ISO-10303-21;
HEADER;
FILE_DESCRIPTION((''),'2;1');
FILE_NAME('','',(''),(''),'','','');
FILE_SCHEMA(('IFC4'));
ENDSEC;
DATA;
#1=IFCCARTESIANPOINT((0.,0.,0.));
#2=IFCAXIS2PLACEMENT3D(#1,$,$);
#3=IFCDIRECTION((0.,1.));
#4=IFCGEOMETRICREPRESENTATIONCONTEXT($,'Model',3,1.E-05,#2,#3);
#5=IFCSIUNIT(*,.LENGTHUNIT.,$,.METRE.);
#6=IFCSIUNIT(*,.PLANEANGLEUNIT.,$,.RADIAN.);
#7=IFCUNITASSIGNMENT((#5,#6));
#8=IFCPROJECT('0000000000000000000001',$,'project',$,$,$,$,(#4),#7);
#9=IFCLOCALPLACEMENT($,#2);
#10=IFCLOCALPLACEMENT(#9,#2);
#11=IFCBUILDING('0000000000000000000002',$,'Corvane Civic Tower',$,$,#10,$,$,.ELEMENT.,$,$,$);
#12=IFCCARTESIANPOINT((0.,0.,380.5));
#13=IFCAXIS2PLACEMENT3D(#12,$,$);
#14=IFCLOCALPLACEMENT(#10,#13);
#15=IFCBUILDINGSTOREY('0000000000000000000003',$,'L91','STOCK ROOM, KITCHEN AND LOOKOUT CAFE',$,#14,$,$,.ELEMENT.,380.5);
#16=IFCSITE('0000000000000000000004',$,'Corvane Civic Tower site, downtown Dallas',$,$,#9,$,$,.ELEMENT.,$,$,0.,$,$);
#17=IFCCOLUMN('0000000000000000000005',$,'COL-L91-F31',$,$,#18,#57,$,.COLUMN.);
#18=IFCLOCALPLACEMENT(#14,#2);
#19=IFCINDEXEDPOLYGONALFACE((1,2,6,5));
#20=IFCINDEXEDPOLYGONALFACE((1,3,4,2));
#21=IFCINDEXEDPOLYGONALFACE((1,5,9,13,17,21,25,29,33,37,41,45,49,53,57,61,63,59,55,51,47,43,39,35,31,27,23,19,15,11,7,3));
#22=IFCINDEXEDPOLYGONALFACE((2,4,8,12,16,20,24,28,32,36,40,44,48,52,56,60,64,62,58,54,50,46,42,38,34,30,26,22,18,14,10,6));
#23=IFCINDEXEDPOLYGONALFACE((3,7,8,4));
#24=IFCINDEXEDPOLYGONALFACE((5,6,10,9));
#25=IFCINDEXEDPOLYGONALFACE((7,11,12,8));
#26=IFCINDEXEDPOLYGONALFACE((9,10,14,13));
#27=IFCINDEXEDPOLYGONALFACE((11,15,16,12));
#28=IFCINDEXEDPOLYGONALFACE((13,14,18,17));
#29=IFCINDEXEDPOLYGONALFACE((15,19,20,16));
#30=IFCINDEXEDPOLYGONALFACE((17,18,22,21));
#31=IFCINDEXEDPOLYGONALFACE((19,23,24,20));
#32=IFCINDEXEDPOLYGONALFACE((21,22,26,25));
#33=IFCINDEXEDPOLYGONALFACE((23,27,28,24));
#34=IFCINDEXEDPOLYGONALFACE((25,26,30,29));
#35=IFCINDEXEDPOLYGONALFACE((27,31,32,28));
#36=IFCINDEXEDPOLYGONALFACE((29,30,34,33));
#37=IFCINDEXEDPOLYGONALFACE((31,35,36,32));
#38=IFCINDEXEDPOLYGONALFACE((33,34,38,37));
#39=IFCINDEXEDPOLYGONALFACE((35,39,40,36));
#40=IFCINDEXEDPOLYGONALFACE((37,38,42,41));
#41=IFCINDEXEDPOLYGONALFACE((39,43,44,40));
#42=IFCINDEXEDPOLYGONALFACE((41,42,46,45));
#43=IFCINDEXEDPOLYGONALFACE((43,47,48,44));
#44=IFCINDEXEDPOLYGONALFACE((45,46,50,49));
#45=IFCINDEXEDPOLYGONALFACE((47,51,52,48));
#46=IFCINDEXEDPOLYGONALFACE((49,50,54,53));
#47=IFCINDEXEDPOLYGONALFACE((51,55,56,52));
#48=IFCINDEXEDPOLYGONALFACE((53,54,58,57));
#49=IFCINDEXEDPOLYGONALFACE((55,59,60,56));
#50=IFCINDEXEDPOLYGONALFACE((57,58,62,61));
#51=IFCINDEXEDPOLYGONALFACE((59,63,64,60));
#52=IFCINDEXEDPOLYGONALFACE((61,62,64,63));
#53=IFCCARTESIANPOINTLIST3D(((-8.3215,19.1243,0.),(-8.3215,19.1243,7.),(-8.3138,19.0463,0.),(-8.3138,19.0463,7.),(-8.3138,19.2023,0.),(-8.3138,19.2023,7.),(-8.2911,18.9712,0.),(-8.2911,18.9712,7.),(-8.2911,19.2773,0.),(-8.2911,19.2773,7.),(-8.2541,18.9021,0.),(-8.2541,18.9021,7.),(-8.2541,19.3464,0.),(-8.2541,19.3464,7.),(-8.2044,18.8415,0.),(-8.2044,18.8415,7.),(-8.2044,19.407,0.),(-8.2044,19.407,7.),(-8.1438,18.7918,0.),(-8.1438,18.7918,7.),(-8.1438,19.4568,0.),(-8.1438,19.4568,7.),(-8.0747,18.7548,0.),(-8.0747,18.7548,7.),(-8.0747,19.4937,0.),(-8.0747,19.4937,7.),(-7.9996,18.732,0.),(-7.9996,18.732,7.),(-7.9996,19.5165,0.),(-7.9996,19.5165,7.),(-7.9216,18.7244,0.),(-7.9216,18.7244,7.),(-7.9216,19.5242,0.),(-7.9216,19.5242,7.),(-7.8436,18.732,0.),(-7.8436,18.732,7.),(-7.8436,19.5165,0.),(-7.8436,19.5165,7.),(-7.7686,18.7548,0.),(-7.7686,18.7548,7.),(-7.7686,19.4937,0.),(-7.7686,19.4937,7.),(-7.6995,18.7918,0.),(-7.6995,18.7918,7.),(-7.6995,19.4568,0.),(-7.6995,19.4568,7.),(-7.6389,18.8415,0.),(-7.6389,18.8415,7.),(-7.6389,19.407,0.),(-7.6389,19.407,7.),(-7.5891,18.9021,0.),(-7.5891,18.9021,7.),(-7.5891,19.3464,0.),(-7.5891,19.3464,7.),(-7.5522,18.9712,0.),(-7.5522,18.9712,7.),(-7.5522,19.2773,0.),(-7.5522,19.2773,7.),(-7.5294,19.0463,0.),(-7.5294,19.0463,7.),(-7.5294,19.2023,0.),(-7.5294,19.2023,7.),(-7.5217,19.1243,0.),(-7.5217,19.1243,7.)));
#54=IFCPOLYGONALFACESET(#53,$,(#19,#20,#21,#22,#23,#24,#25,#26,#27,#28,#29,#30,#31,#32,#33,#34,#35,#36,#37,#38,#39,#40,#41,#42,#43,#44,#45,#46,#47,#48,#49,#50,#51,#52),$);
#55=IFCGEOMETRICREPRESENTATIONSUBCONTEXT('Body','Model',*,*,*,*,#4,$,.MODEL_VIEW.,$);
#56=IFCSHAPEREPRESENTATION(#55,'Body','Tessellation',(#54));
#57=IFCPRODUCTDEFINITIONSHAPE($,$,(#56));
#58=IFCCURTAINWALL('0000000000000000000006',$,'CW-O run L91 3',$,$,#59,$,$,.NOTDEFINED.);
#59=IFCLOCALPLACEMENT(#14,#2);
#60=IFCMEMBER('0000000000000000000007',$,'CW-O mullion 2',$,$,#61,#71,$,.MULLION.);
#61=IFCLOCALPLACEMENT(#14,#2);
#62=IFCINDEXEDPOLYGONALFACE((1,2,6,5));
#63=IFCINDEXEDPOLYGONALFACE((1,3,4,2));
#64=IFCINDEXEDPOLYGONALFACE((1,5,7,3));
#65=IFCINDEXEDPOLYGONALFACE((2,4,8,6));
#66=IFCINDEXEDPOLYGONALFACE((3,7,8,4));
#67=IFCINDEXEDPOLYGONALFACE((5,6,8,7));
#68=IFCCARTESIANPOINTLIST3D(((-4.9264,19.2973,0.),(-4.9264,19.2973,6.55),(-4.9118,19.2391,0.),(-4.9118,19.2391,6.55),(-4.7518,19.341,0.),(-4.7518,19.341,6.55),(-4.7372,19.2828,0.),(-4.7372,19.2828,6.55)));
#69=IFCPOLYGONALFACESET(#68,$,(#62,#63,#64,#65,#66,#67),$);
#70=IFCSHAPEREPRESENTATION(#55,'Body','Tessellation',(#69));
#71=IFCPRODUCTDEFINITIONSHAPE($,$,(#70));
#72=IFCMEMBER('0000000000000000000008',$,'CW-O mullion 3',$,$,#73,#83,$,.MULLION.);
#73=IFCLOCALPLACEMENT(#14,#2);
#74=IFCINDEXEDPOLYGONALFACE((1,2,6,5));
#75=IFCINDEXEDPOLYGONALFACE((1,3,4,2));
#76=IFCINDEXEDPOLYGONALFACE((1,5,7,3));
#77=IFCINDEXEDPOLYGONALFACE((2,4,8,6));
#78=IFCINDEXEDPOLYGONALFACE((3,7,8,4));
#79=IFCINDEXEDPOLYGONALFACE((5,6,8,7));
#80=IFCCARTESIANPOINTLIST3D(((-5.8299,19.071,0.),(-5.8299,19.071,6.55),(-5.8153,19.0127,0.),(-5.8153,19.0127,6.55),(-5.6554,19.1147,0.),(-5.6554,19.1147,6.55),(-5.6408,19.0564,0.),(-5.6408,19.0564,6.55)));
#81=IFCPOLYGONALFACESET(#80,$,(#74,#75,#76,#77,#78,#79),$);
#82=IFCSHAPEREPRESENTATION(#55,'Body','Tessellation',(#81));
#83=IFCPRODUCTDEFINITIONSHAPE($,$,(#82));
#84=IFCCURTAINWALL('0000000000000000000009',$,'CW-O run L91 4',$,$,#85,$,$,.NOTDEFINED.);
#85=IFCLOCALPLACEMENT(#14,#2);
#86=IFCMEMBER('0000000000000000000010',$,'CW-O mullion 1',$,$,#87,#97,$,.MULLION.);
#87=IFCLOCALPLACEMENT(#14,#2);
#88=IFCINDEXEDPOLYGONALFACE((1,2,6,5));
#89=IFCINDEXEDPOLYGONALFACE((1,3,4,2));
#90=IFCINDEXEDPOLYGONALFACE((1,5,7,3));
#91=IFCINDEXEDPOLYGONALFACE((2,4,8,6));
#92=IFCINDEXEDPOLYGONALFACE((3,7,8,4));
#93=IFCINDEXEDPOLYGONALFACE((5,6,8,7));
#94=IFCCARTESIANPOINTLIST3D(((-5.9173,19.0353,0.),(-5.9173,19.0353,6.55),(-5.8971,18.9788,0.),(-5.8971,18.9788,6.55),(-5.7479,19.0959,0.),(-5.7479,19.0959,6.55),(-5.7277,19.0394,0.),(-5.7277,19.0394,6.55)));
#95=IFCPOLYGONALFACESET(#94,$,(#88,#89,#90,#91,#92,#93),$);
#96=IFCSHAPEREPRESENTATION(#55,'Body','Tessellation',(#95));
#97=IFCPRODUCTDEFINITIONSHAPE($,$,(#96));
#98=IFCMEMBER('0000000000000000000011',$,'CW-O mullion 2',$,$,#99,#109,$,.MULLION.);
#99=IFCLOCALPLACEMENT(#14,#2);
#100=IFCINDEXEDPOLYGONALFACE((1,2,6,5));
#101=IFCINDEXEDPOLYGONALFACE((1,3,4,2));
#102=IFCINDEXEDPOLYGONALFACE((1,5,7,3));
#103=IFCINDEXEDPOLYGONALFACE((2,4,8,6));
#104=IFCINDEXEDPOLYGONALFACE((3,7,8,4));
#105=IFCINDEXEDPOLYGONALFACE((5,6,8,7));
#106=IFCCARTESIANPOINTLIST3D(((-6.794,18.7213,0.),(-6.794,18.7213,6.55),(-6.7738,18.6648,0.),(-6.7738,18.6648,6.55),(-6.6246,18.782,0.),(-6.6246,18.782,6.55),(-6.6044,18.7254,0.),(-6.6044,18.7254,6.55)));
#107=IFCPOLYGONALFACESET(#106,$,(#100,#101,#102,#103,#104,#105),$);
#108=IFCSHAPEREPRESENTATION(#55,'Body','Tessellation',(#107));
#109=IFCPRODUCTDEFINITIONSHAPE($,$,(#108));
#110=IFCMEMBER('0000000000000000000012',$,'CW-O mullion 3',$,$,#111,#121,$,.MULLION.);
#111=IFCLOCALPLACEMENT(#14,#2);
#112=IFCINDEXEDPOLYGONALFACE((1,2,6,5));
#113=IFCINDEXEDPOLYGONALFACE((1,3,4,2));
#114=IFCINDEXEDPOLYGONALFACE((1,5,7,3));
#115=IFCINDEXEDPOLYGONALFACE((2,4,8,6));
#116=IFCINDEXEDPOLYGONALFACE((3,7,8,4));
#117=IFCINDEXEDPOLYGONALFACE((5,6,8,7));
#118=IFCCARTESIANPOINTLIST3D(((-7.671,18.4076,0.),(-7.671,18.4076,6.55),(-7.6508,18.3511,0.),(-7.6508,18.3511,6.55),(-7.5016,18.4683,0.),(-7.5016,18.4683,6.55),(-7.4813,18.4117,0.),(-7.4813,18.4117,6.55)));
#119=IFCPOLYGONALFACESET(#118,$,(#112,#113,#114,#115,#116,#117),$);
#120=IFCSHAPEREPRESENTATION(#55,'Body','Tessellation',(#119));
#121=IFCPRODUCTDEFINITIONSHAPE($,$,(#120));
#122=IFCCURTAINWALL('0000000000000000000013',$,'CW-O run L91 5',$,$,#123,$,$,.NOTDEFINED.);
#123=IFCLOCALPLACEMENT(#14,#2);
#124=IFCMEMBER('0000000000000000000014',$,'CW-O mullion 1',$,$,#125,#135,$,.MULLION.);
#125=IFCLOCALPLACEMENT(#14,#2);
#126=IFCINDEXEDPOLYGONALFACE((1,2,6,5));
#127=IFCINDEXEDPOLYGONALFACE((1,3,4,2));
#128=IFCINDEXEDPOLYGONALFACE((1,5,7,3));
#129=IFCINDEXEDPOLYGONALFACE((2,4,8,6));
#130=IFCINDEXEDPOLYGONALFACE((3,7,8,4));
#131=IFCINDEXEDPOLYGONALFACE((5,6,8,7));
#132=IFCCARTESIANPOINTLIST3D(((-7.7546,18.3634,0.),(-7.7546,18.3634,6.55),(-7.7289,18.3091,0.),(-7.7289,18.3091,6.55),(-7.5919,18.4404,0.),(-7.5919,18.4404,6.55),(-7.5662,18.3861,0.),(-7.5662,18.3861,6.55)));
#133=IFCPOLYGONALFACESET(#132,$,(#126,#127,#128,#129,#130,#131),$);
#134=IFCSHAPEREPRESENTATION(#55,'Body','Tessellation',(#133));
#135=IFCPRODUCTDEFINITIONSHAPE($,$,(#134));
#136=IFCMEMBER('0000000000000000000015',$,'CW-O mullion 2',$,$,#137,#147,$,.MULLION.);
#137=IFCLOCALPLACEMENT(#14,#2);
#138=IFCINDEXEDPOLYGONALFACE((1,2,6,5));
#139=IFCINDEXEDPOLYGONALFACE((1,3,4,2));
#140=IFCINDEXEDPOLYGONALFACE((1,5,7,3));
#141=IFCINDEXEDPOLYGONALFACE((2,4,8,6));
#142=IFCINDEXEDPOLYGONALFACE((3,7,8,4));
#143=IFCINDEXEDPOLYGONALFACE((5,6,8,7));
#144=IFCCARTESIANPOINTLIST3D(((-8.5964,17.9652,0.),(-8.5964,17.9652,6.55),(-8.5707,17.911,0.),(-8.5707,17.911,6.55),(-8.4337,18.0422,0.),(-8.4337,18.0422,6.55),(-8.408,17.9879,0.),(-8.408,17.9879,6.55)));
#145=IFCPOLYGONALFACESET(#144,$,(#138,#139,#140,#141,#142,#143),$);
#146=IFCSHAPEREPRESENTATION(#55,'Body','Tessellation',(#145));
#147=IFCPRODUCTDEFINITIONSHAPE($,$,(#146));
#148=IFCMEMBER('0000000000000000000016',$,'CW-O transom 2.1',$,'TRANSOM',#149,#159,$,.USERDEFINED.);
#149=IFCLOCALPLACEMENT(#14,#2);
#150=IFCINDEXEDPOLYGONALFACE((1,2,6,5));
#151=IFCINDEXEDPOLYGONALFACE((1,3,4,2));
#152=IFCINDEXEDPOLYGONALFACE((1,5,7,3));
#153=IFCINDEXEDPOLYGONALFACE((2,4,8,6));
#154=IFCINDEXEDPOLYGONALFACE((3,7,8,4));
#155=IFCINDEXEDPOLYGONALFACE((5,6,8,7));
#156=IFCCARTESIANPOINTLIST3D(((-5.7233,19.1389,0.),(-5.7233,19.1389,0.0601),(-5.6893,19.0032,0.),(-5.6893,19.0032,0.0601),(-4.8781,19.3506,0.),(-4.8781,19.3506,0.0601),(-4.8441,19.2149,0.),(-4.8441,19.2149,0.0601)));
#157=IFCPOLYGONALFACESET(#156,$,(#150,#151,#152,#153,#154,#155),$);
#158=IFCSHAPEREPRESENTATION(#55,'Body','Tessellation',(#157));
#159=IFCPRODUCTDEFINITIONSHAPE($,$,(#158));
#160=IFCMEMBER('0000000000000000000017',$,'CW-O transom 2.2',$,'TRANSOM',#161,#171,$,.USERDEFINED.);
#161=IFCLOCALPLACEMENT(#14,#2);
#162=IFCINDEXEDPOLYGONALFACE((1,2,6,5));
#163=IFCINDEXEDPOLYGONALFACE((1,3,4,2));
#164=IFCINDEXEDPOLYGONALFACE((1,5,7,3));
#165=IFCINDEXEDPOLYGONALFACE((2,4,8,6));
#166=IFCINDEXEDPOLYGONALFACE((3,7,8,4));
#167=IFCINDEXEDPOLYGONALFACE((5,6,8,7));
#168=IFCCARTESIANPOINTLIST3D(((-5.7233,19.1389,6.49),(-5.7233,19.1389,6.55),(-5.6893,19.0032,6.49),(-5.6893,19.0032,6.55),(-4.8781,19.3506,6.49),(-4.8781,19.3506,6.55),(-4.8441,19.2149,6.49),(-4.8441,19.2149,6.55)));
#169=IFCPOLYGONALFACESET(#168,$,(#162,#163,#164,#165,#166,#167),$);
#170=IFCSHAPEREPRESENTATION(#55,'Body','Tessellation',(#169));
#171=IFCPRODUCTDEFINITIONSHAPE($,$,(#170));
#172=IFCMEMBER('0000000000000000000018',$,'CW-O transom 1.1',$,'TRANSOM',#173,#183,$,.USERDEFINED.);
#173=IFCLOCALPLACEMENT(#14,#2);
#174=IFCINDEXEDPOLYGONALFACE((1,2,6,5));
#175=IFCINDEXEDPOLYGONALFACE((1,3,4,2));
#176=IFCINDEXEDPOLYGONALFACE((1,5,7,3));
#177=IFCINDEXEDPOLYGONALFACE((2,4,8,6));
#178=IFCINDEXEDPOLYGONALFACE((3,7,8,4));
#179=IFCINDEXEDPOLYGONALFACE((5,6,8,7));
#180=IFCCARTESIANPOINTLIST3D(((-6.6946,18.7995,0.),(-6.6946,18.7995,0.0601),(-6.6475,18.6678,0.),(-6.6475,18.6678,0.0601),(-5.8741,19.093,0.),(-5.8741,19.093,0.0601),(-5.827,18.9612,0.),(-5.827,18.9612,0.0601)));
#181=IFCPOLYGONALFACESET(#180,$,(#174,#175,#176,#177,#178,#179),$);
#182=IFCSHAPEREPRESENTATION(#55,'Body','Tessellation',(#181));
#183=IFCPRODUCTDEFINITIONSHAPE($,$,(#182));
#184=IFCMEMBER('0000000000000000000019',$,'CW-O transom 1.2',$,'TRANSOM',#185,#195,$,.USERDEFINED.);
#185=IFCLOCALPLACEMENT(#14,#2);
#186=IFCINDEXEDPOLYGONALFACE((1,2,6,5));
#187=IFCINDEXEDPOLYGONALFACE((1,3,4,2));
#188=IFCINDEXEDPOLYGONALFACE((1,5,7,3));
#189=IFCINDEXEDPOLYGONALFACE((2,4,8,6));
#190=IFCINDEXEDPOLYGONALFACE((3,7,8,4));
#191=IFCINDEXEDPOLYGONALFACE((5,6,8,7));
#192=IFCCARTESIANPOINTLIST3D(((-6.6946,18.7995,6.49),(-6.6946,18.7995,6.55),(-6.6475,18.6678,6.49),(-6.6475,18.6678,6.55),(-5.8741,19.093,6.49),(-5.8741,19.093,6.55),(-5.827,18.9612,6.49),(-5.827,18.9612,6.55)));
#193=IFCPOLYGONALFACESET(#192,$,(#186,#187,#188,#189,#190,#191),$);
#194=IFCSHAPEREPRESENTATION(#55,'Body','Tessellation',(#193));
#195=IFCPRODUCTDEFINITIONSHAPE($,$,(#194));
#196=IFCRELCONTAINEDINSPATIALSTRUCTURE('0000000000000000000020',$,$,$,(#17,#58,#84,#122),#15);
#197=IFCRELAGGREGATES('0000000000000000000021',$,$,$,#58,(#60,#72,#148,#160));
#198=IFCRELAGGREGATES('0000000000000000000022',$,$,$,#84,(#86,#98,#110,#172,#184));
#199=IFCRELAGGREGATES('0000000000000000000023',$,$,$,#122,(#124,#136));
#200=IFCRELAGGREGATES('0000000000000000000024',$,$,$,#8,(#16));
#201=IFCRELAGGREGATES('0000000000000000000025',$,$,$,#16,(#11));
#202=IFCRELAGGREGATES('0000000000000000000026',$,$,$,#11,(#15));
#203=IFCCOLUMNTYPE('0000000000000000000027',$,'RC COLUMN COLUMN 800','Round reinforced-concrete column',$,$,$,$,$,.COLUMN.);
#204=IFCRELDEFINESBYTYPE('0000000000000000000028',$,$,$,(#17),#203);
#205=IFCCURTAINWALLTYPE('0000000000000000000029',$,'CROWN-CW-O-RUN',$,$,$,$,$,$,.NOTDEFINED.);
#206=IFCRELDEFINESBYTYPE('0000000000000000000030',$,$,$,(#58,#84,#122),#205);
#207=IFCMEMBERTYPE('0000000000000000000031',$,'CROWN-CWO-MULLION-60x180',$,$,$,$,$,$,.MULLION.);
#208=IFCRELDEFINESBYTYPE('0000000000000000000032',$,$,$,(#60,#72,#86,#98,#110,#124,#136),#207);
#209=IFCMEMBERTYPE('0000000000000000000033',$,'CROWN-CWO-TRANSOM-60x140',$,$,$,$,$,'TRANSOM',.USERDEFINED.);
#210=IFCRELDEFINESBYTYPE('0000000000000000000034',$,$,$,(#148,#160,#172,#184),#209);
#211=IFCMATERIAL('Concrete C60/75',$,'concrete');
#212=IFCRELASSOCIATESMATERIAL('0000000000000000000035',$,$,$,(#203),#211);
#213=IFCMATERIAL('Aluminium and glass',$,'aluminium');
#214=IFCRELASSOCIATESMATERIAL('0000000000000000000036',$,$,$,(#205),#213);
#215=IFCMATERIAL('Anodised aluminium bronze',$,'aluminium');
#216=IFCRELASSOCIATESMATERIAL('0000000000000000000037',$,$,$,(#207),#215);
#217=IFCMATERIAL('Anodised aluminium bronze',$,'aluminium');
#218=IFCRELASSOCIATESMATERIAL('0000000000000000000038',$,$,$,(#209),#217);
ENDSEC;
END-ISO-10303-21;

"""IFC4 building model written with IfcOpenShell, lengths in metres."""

from ifc_helpers import new_model, si_unit, direction, frame, origin, origin_2d, place, context, subcontext, project, spatial, rectangle, circle, extrude, material, material_profile, profile_set, type_object, element, aggregate, save


model = new_model("IFC4")

# Units and contexts
model_context = context("Model", 3, precision=1e-05, world=origin(), true_north=direction((0.0, 1.0)))
body_context = subcontext(model_context, "Body", "Model", "MODEL_VIEW")
ifc_project = project(units=[si_unit("LENGTHUNIT", "METRE"), si_unit("PLANEANGLEUNIT", "RADIAN")], contexts=[model_context])

# Site, building, storey
site_placement = place(None, origin())
site = spatial("IfcSite", under=ifc_project, at=site_placement, Name="Corvane Civic Tower site, downtown Dallas", CompositionType="ELEMENT", RefElevation=0.0)
building_placement = place(site_placement, origin())
building = spatial("IfcBuilding", under=site, at=building_placement, Name="Corvane Civic Tower", CompositionType="ELEMENT")
storey_placement = place(building_placement, frame((0.0, 0.0, 380.5)))
storey = spatial("IfcBuildingStorey", under=building, at=storey_placement, Name="L91", Description="STOCK ROOM, KITCHEN AND LOOKOUT CAFE", CompositionType="ELEMENT", Elevation=380.5)

# Column
ifc_material_1 = material(Name="Concrete C60/75", Category="concrete")
ifc_material_profile_1 = material_profile(ifc_material_1, circle(Radius=0.3999, at=origin_2d()), Name="COLUMN 800")
ifc_profile_set_1 = profile_set([ifc_material_profile_1], Name="Concrete C60/75")
column_type = type_object("IfcColumnType", Name="RC COLUMN COLUMN 800", Description="Round reinforced-concrete column", PredefinedType="COLUMN", material=ifc_profile_set_1)
column_placement = place(storey_placement, frame((-7.9216, 19.1243, 0.0), z_axis=(0.0, 0.0, 1.0), x_axis=(1.0, 0.0, 0.0)))
element("IfcColumn", 1, at=column_placement, inside=storey, type_object=column_type, Name="COL-L91-F31", PredefinedType="COLUMN", context=body_context, shape_type="SweptSolid", body=[
    extrude(circle(Radius=0.3999, at=origin_2d()), origin(), (0.0, 0.0, 1.0), 7.0),
])

# Curtain walls, members
ifc_material_2 = material(Name="Aluminium and glass", Category="aluminium")
curtain_wall_type = type_object("IfcCurtainWallType", Name="CROWN-CW-O-RUN", PredefinedType="NOTDEFINED", material=ifc_material_2)
curtain_wall_1_placement = place(storey_placement, origin())
curtain_wall_1 = element("IfcCurtainWall", 2, at=curtain_wall_1_placement, inside=storey, type_object=curtain_wall_type, Name="CW-O run L91 3", PredefinedType="NOTDEFINED")
ifc_material_3 = material(Name="Anodised aluminium bronze", Category="aluminium")
ifc_material_profile_2 = material_profile(ifc_material_3, rectangle(XDim=0.0601, YDim=0.1799, at=origin_2d()), Name="AL 60x180")
ifc_profile_set_2 = profile_set([ifc_material_profile_2], Name="Anodised aluminium bronze")
member_type_1 = type_object("IfcMemberType", Name="CROWN-CWO-MULLION-60x180", PredefinedType="MULLION", material=ifc_profile_set_2)
member_1_placement = place(storey_placement, frame((-4.8318, 19.29, 0.0), z_axis=(0.0, 0.0, 1.0), x_axis=(0.242952, -0.970038, 0.0)))
member_1 = element("IfcMember", 3, at=member_1_placement, type_object=member_type_1, Name="CW-O mullion 2", PredefinedType="MULLION", context=body_context, shape_type="SweptSolid", body=[
    extrude(rectangle(XDim=0.0601, YDim=0.1799, at=origin_2d()), origin(), (0.0, 0.0, 1.0), 6.55),
])
member_2_placement = place(storey_placement, frame((-5.7354, 19.0637, 0.0), z_axis=(0.0, 0.0, 1.0), x_axis=(0.242952, -0.970038, 0.0)))
member_2 = element("IfcMember", 4, at=member_2_placement, type_object=member_type_1, Name="CW-O mullion 3", PredefinedType="MULLION", context=body_context, shape_type="SweptSolid", body=[
    extrude(rectangle(XDim=0.0601, YDim=0.1799, at=origin_2d()), origin(), (0.0, 0.0, 1.0), 6.55),
])
curtain_wall_2_placement = place(storey_placement, origin())
curtain_wall_2 = element("IfcCurtainWall", 5, at=curtain_wall_2_placement, inside=storey, type_object=curtain_wall_type, Name="CW-O run L91 4", PredefinedType="NOTDEFINED")
member_3_placement = place(storey_placement, frame((-5.8225, 19.0374, 0.0), z_axis=(0.0, 0.0, 1.0), x_axis=(0.336982, -0.941511, 0.0)))
member_3 = element("IfcMember", 6, at=member_3_placement, type_object=member_type_1, Name="CW-O mullion 1", PredefinedType="MULLION", context=body_context, shape_type="SweptSolid", body=[
    extrude(rectangle(XDim=0.0601, YDim=0.1799, at=origin_2d()), origin(), (0.0, 0.0, 1.0), 6.55),
])
member_4_placement = place(storey_placement, frame((-6.6992, 18.7234, 0.0), z_axis=(0.0, 0.0, 1.0), x_axis=(0.336982, -0.941511, 0.0)))
member_4 = element("IfcMember", 7, at=member_4_placement, type_object=member_type_1, Name="CW-O mullion 2", PredefinedType="MULLION", context=body_context, shape_type="SweptSolid", body=[
    extrude(rectangle(XDim=0.0601, YDim=0.1799, at=origin_2d()), origin(), (0.0, 0.0, 1.0), 6.55),
])
member_5_placement = place(storey_placement, frame((-7.5762, 18.4097, 0.0), z_axis=(0.0, 0.0, 1.0), x_axis=(0.336982, -0.941511, 0.0)))
member_5 = element("IfcMember", 8, at=member_5_placement, type_object=member_type_1, Name="CW-O mullion 3", PredefinedType="MULLION", context=body_context, shape_type="SweptSolid", body=[
    extrude(rectangle(XDim=0.0601, YDim=0.1799, at=origin_2d()), origin(), (0.0, 0.0, 1.0), 6.55),
])
curtain_wall_3_placement = place(storey_placement, origin())
curtain_wall_3 = element("IfcCurtainWall", 9, at=curtain_wall_3_placement, inside=storey, type_object=curtain_wall_type, Name="CW-O run L91 5", PredefinedType="NOTDEFINED")
member_6_placement = place(storey_placement, frame((-7.6604, 18.3748, 0.0), z_axis=(0.0, 0.0, 1.0), x_axis=(0.427509, -0.904011, 0.0)))
member_6 = element("IfcMember", 10, at=member_6_placement, type_object=member_type_1, Name="CW-O mullion 1", PredefinedType="MULLION", context=body_context, shape_type="SweptSolid", body=[
    extrude(rectangle(XDim=0.0601, YDim=0.1799, at=origin_2d()), origin(), (0.0, 0.0, 1.0), 6.55),
])
member_7_placement = place(storey_placement, frame((-8.5022, 17.9766, 0.0), z_axis=(0.0, 0.0, 1.0), x_axis=(0.427509, -0.904011, 0.0)))
member_7 = element("IfcMember", 11, at=member_7_placement, type_object=member_type_1, Name="CW-O mullion 2", PredefinedType="MULLION", context=body_context, shape_type="SweptSolid", body=[
    extrude(rectangle(XDim=0.0601, YDim=0.1799, at=origin_2d()), origin(), (0.0, 0.0, 1.0), 6.55),
])

# Members
ifc_material_4 = material(Name="Anodised aluminium bronze", Category="aluminium")
ifc_material_profile_3 = material_profile(ifc_material_4, rectangle(XDim=0.1399, YDim=0.0601, at=origin_2d()), Name="AL 140x60")
ifc_profile_set_3 = profile_set([ifc_material_profile_3], Name="Anodised aluminium bronze")
member_type_2 = type_object("IfcMemberType", Name="CROWN-CWO-TRANSOM-60x140", ElementType="TRANSOM", PredefinedType="USERDEFINED", material=ifc_profile_set_3)
member_8_placement = place(storey_placement, frame((-4.8611, 19.2827, 0.03), z_axis=(-0.970044, -0.242931, 0.0), x_axis=(0.242931, -0.970044, 0.0)))
member_8 = element("IfcMember", 12, at=member_8_placement, type_object=member_type_2, Name="CW-O transom 2.1", ObjectType="TRANSOM", PredefinedType="USERDEFINED", context=body_context, shape_type="SweptSolid", body=[
    extrude(rectangle(XDim=0.1399, YDim=0.0601, at=origin_2d()), origin(), (0.0, 0.0, 1.0), 0.8713),
])
member_9_placement = place(storey_placement, frame((-4.8611, 19.2827, 6.52), z_axis=(-0.970044, -0.242931, 0.0), x_axis=(0.242931, -0.970044, 0.0)))
member_9 = element("IfcMember", 13, at=member_9_placement, type_object=member_type_2, Name="CW-O transom 2.2", ObjectType="TRANSOM", PredefinedType="USERDEFINED", context=body_context, shape_type="SweptSolid", body=[
    extrude(rectangle(XDim=0.1399, YDim=0.0601, at=origin_2d()), origin(), (0.0, 0.0, 1.0), 0.8713),
])
member_10_placement = place(storey_placement, frame((-5.8506, 19.0271, 0.03), z_axis=(-0.941596, -0.336745, 0.0), x_axis=(0.336745, -0.941596, 0.0)))
member_10 = element("IfcMember", 14, at=member_10_placement, type_object=member_type_2, Name="CW-O transom 1.1", ObjectType="TRANSOM", PredefinedType="USERDEFINED", context=body_context, shape_type="SweptSolid", body=[
    extrude(rectangle(XDim=0.1399, YDim=0.0601, at=origin_2d()), origin(), (0.0, 0.0, 1.0), 0.8713),
])
member_11_placement = place(storey_placement, frame((-5.8506, 19.0271, 6.52), z_axis=(-0.941596, -0.336745, 0.0), x_axis=(0.336745, -0.941596, 0.0)))
member_11 = element("IfcMember", 15, at=member_11_placement, type_object=member_type_2, Name="CW-O transom 1.2", ObjectType="TRANSOM", PredefinedType="USERDEFINED", context=body_context, shape_type="SweptSolid", body=[
    extrude(rectangle(XDim=0.1399, YDim=0.0601, at=origin_2d()), origin(), (0.0, 0.0, 1.0), 0.8713),
])

aggregate(curtain_wall_1, [member_1, member_2, member_8, member_9])
aggregate(curtain_wall_2, [member_3, member_4, member_5, member_10, member_11])
aggregate(curtain_wall_3, [member_6, member_7])

save(model, "model.ifc")
